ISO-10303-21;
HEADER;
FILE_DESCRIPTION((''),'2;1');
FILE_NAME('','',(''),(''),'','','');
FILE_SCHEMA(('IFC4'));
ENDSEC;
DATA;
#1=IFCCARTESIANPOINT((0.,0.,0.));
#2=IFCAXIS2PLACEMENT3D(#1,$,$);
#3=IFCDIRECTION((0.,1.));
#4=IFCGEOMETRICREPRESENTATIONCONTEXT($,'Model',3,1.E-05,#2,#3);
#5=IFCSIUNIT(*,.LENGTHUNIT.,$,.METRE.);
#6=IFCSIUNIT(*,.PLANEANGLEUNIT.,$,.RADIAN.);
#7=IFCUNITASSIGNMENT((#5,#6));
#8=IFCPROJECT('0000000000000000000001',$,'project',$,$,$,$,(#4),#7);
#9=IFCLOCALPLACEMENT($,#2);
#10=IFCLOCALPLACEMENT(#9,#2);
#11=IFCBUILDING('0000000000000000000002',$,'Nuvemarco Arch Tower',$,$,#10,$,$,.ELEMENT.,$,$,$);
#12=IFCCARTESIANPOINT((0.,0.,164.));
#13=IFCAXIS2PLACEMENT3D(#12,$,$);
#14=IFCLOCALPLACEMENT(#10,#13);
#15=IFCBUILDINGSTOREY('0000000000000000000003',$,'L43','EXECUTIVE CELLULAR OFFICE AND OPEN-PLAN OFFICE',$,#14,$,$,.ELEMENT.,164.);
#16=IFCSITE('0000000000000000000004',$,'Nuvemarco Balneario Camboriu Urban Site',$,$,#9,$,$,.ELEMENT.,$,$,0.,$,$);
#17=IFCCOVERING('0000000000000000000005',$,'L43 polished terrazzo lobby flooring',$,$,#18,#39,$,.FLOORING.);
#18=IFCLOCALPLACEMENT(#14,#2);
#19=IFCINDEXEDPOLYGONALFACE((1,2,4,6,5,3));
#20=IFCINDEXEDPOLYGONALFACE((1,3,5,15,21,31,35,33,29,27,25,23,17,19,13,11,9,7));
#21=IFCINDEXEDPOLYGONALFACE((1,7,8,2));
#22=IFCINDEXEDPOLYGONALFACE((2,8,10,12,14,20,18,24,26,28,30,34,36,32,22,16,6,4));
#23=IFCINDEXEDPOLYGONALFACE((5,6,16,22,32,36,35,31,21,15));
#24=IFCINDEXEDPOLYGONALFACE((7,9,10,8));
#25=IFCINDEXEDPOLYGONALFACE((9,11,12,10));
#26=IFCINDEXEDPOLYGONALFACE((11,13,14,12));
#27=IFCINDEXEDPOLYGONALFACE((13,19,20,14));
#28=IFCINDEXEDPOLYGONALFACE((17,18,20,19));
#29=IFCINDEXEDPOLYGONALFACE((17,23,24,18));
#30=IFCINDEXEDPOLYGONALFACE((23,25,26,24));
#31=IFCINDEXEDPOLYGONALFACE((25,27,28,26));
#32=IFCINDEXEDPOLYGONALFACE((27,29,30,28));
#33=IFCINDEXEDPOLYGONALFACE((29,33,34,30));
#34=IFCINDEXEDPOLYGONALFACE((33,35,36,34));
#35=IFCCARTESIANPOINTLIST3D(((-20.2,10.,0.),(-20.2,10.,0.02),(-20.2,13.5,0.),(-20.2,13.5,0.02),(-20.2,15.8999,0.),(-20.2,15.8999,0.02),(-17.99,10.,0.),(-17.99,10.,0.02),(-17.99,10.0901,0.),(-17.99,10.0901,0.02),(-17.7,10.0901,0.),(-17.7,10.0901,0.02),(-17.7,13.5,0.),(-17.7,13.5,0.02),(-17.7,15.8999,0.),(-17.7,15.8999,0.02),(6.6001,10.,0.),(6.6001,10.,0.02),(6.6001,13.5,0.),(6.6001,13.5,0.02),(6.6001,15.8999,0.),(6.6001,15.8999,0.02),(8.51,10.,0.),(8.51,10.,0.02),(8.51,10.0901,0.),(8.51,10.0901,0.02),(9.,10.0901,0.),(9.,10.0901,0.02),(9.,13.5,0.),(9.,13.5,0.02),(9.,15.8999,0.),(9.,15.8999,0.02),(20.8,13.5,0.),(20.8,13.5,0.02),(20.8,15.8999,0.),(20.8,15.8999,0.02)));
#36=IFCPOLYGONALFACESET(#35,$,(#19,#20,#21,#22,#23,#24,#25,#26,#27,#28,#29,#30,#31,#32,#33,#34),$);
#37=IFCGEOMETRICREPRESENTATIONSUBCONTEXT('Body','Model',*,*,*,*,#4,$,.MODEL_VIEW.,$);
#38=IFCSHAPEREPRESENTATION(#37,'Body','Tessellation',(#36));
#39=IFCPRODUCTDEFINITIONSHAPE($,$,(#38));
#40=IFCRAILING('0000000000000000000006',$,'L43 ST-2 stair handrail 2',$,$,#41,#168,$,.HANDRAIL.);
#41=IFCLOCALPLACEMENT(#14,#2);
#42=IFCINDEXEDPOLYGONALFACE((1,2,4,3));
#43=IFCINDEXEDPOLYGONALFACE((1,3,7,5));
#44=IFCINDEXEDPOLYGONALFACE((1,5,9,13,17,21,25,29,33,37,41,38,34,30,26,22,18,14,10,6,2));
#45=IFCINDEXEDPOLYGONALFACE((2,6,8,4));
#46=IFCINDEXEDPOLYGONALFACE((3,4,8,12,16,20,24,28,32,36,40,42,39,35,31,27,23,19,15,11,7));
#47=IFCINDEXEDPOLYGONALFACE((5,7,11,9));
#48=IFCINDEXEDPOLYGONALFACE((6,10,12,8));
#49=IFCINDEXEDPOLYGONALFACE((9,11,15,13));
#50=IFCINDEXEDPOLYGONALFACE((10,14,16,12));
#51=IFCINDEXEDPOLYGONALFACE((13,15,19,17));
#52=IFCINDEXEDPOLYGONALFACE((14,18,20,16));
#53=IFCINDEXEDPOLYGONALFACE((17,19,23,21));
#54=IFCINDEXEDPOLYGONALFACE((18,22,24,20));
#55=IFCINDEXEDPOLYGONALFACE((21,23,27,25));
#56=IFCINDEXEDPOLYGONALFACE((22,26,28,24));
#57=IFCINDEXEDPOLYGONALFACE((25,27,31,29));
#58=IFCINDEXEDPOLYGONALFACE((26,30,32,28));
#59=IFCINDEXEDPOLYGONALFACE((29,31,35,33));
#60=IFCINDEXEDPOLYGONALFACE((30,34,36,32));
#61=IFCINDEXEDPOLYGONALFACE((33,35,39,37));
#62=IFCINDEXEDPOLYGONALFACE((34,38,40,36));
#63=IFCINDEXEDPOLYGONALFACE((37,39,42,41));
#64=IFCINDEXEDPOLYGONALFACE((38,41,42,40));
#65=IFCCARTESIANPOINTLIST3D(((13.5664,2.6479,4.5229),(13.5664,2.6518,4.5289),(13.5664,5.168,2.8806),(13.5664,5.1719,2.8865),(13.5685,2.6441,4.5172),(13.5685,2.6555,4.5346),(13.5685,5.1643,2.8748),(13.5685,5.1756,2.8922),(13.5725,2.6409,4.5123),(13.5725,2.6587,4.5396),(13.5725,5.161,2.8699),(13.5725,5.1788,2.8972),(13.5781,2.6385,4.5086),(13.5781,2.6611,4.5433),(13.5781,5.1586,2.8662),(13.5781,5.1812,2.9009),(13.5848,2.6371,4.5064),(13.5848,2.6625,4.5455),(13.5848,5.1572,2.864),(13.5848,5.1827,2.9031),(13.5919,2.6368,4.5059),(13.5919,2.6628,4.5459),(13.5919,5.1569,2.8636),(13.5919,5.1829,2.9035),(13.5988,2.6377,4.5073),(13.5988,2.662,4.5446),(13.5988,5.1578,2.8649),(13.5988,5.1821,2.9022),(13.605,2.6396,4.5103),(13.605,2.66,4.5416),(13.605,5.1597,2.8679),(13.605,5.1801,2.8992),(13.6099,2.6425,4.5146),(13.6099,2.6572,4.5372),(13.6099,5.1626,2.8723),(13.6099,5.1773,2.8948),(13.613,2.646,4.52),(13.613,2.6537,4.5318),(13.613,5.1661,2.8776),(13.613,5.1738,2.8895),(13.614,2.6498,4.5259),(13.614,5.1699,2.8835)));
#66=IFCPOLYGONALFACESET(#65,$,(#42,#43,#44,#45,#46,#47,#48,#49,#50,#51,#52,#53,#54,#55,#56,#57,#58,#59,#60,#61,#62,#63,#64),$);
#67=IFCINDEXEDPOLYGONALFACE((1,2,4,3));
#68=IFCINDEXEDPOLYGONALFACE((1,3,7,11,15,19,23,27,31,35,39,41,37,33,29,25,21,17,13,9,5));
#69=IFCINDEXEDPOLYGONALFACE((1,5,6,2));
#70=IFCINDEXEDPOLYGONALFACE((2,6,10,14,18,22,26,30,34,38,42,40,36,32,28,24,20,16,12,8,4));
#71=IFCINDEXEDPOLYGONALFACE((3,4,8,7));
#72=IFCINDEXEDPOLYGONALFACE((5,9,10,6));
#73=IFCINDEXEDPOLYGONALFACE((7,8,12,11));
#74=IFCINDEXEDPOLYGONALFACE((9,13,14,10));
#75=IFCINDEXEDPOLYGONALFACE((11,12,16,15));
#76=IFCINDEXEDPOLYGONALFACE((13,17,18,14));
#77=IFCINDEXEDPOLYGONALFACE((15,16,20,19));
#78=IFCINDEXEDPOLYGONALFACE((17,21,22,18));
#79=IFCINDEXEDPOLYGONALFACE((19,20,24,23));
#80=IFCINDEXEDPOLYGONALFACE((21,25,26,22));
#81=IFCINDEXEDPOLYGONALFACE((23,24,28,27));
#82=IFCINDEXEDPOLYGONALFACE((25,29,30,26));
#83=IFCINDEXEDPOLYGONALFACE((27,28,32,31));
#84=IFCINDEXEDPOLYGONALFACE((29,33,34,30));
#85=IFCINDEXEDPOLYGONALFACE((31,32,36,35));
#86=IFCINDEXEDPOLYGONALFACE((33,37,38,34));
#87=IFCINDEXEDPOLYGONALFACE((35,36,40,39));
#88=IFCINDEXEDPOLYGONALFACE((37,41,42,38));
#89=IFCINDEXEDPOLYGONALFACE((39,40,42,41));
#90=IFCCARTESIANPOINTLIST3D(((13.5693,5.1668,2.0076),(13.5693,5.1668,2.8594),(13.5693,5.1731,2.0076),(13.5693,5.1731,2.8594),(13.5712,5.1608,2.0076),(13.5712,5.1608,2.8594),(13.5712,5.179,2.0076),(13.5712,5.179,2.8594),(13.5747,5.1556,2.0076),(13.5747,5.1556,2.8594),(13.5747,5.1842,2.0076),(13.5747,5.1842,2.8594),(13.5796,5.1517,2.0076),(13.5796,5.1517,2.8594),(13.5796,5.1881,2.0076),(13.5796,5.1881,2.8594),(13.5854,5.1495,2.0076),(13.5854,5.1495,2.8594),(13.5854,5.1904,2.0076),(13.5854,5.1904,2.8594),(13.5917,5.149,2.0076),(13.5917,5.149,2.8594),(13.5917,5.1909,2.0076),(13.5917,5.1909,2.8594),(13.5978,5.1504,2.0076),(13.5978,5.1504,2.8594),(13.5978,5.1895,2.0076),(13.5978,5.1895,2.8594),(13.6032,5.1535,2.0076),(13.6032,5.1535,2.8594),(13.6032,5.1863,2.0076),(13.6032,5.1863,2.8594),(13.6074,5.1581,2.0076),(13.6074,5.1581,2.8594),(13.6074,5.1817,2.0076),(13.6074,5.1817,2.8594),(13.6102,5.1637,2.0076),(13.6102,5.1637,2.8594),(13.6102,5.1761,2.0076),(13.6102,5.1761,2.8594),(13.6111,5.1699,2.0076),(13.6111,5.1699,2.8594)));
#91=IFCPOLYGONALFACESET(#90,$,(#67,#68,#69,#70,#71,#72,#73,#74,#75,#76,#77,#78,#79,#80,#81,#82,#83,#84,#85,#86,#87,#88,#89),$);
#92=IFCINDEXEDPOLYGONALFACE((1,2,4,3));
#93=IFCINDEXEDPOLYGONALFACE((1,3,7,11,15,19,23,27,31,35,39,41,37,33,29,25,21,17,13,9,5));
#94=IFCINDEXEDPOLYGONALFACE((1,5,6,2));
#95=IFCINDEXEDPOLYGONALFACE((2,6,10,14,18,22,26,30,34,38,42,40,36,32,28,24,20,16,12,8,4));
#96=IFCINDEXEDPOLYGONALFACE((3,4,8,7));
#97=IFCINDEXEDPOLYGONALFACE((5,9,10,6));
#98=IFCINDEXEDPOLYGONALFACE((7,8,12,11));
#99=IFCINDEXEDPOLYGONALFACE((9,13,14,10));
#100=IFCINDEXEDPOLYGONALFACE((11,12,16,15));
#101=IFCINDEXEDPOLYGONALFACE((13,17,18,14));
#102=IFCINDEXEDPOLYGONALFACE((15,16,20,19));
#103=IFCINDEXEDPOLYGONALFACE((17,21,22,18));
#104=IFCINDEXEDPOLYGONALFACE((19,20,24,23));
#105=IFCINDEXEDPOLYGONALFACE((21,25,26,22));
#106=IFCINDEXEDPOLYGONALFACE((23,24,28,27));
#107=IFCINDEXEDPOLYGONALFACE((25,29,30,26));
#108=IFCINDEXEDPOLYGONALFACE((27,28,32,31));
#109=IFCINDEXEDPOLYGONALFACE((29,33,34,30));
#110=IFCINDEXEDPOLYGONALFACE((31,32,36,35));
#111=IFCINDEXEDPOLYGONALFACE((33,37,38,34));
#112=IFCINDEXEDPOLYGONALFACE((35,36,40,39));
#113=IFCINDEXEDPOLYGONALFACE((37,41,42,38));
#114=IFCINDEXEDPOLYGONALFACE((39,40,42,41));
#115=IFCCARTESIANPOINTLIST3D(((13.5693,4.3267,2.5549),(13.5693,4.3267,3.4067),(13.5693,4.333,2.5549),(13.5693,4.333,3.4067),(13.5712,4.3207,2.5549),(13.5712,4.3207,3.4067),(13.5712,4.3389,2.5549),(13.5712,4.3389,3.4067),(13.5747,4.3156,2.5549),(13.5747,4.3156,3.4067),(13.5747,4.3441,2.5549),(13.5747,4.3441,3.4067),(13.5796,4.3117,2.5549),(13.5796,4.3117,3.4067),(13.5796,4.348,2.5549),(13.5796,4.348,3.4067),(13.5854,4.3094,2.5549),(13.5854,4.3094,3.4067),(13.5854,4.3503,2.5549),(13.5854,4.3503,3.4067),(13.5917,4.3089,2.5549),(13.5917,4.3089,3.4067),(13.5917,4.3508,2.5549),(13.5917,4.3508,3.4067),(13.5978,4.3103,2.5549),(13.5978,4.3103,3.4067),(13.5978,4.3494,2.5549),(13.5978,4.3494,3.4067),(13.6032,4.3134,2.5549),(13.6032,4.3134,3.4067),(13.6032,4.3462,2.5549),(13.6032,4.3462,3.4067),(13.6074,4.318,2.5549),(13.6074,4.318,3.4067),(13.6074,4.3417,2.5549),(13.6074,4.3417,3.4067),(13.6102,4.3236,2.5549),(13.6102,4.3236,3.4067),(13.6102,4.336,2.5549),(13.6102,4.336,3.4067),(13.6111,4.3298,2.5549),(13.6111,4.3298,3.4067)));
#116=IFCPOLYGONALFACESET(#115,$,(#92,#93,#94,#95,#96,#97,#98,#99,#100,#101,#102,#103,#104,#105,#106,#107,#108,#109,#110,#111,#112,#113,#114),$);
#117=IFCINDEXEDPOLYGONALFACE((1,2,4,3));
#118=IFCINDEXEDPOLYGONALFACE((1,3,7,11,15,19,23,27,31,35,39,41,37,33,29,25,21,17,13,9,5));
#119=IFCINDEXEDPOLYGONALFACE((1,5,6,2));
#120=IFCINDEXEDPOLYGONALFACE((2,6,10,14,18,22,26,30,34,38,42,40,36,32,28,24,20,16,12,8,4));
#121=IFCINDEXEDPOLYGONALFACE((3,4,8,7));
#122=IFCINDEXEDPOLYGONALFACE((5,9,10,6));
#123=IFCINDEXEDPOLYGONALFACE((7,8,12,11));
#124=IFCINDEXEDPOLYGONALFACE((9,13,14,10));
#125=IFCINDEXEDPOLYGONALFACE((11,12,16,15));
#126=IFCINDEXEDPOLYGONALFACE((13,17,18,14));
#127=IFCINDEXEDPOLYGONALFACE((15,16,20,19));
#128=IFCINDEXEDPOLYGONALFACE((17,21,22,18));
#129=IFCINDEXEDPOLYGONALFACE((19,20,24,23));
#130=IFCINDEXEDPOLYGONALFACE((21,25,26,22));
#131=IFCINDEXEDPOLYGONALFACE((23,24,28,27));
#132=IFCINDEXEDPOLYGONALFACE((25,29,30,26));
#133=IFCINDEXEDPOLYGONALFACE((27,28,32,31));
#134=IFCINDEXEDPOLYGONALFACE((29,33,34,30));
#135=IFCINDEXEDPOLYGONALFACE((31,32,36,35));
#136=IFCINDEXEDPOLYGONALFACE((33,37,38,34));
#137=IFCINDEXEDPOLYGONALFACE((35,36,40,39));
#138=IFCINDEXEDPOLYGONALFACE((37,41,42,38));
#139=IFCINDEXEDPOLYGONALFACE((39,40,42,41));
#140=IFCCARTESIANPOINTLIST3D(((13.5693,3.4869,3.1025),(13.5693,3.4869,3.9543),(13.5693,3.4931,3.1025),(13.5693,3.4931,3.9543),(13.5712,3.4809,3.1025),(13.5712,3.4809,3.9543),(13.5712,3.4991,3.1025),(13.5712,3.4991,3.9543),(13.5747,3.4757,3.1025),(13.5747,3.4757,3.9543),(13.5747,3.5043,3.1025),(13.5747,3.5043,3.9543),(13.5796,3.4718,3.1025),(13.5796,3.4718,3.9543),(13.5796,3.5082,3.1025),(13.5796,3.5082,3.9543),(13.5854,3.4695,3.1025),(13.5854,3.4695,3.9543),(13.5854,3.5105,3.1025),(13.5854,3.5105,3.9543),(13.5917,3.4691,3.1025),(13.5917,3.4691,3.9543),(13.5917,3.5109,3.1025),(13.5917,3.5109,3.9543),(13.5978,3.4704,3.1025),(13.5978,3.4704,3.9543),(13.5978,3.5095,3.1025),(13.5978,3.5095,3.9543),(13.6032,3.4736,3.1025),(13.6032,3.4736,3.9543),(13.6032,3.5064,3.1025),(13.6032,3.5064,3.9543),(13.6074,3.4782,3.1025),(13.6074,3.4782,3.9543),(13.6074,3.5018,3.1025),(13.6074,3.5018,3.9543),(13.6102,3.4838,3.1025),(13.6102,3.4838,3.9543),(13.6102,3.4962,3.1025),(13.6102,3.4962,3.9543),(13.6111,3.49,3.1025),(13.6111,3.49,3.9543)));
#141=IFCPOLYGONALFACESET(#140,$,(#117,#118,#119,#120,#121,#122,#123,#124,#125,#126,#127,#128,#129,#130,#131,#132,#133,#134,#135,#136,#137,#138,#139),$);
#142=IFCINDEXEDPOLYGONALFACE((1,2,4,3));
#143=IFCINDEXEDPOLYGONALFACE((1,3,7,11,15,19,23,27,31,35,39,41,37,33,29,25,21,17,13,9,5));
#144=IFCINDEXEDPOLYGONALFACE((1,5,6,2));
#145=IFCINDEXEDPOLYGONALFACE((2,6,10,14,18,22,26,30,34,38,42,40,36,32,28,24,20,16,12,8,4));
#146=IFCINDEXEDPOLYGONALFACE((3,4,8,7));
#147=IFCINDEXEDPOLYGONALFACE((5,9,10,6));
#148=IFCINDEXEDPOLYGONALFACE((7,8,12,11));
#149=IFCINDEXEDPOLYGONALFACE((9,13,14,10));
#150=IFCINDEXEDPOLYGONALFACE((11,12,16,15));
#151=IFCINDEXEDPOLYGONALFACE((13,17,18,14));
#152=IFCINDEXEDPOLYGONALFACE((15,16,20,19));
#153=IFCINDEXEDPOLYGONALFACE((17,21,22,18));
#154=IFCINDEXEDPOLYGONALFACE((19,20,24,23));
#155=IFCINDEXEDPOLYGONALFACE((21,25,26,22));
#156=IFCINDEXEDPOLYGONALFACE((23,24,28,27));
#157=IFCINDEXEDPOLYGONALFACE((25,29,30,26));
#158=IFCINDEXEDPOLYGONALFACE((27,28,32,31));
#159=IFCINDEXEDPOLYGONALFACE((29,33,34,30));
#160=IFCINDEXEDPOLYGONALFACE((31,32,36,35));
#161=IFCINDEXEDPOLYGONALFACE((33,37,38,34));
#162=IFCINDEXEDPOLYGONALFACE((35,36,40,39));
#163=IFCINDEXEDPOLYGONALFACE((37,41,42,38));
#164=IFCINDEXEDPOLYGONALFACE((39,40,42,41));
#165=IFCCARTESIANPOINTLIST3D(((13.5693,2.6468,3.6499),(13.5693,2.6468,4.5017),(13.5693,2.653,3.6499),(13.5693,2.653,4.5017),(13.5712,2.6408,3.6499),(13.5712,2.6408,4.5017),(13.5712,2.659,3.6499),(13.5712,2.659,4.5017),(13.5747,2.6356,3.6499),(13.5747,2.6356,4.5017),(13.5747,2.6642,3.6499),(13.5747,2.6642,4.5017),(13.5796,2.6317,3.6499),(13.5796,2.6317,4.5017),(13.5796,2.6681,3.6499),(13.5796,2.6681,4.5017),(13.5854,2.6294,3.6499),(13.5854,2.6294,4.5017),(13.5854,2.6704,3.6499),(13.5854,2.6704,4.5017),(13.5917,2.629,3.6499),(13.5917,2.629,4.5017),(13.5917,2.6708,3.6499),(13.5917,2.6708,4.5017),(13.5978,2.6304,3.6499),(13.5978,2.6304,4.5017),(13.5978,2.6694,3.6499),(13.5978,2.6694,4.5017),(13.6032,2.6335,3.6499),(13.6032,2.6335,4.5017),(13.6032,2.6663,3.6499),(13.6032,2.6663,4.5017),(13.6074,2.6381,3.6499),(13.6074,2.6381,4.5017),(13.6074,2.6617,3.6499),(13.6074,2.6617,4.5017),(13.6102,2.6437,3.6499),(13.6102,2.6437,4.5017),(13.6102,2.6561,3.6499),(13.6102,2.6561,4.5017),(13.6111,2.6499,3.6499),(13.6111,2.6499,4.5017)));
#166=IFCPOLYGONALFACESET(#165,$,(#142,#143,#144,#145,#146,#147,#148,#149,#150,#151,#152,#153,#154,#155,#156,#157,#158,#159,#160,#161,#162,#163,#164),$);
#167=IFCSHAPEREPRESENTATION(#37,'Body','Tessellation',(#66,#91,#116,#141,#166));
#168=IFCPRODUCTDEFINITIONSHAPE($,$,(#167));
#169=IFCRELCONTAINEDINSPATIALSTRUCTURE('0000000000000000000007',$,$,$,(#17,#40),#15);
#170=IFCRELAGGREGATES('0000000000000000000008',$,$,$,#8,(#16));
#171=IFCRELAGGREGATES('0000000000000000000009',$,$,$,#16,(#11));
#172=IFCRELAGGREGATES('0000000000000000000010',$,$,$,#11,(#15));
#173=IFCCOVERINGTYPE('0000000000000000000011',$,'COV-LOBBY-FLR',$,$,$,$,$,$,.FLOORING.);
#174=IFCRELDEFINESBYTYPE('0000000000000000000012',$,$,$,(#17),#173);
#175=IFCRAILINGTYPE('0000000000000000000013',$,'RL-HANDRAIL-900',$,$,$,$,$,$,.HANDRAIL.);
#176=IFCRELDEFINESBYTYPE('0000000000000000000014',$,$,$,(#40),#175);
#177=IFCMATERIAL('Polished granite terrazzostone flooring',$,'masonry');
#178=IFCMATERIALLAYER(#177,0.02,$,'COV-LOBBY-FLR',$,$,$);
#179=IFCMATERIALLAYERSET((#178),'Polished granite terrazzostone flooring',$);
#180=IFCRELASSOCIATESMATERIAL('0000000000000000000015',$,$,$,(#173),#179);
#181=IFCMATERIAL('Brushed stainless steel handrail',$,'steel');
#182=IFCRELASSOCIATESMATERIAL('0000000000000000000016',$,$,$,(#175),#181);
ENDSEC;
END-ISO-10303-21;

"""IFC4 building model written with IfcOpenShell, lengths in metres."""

from ifc_helpers import new_model, si_unit, direction, frame, origin, origin_2d, place, context, subcontext, project, spatial, polyline, circle, outline, extrude, material, layer, layer_set, type_object, element, save


model = new_model("IFC4")

# Units and contexts
model_context = context("Model", 3, precision=1e-05, world=origin(), true_north=direction((0.0, 1.0)))
body_context = subcontext(model_context, "Body", "Model", "MODEL_VIEW")
ifc_project = project(units=[si_unit("LENGTHUNIT", "METRE"), si_unit("PLANEANGLEUNIT", "RADIAN")], contexts=[model_context])

# Site, building, storey
site_placement = place(None, origin())
site = spatial("IfcSite", under=ifc_project, at=site_placement, Name="Nuvemarco Balneario Camboriu Urban Site", CompositionType="ELEMENT", RefElevation=0.0)
building_placement = place(site_placement, origin())
building = spatial("IfcBuilding", under=site, at=building_placement, Name="Nuvemarco Arch Tower", CompositionType="ELEMENT")
storey_placement = place(building_placement, frame((0.0, 0.0, 164.0)))
storey = spatial("IfcBuildingStorey", under=building, at=storey_placement, Name="L43", Description="EXECUTIVE CELLULAR OFFICE AND OPEN-PLAN OFFICE", CompositionType="ELEMENT", Elevation=164.0)

# Covering
ifc_material_1 = material(Name="Polished granite terrazzostone flooring", Category="masonry")
ifc_layer_1 = layer(ifc_material_1, 0.02, Name="COV-LOBBY-FLR")
ifc_layer_set_1 = layer_set([ifc_layer_1], Name="Polished granite terrazzostone flooring")
covering_type_1 = type_object("IfcCoveringType", Name="COV-LOBBY-FLR", PredefinedType="FLOORING", material=ifc_layer_set_1)
covering_1_placement = place(storey_placement, origin())
element("IfcCovering", 1, at=covering_1_placement, inside=storey, type_object=covering_type_1, Name="L43 polished terrazzo lobby flooring", PredefinedType="FLOORING", context=body_context, shape_type="SweptSolid", body=[
    extrude(outline(polyline([(-20.2, 13.5), (-20.2, 15.8999), (-17.7, 15.8999), (6.6001, 15.8999), (9.0, 15.8999), (20.8, 15.8999), (20.8, 13.5), (9.0, 13.5), (9.0, 10.0901), (8.51, 10.0901), (8.51, 10.0), (6.6001, 10.0), (6.6001, 13.5), (-17.7, 13.5), (-17.7, 10.0901), (-17.99, 10.0901), (-17.99, 10.0), (-20.2, 10.0), (-20.2, 13.5)])), origin(), (0.0, 0.0, 1.0), 0.02),
])

# Railing
ifc_material_2 = material(Name="Brushed stainless steel handrail", Category="steel")
railing_type_1 = type_object("IfcRailingType", Name="RL-HANDRAIL-900", PredefinedType="HANDRAIL", material=ifc_material_2)
railing_1_placement = place(storey_placement, frame((13.5901, 5.1699, 2.0076)))
element("IfcRailing", 2, at=railing_1_placement, inside=storey, type_object=railing_type_1, Name="L43 ST-2 stair handrail 2", PredefinedType="HANDRAIL", context=body_context, shape_type="SweptSolid", body=[
    extrude(circle(Radius=0.0239, at=origin_2d()), frame((0.0, 0.0, 0.876), z_axis=(0.0, -0.837787, 0.545998), x_axis=(1.0, 0.0, 0.0)), (0.0, 0.0, 1.0), 3.0081),
    extrude(circle(Radius=0.021, at=origin_2d()), origin(), (0.0, 0.0, 1.0), 0.8518),
    extrude(circle(Radius=0.021, at=origin_2d()), frame((0.0, -0.8401, 0.5474)), (0.0, 0.0, 1.0), 0.8518),
    extrude(circle(Radius=0.021, at=origin_2d()), frame((0.0, -1.6799, 1.095)), (0.0, 0.0, 1.0), 0.8518),
    extrude(circle(Radius=0.021, at=origin_2d()), frame((0.0, -2.52, 1.6423)), (0.0, 0.0, 1.0), 0.8518),
])

save(model, "model.ifc")
